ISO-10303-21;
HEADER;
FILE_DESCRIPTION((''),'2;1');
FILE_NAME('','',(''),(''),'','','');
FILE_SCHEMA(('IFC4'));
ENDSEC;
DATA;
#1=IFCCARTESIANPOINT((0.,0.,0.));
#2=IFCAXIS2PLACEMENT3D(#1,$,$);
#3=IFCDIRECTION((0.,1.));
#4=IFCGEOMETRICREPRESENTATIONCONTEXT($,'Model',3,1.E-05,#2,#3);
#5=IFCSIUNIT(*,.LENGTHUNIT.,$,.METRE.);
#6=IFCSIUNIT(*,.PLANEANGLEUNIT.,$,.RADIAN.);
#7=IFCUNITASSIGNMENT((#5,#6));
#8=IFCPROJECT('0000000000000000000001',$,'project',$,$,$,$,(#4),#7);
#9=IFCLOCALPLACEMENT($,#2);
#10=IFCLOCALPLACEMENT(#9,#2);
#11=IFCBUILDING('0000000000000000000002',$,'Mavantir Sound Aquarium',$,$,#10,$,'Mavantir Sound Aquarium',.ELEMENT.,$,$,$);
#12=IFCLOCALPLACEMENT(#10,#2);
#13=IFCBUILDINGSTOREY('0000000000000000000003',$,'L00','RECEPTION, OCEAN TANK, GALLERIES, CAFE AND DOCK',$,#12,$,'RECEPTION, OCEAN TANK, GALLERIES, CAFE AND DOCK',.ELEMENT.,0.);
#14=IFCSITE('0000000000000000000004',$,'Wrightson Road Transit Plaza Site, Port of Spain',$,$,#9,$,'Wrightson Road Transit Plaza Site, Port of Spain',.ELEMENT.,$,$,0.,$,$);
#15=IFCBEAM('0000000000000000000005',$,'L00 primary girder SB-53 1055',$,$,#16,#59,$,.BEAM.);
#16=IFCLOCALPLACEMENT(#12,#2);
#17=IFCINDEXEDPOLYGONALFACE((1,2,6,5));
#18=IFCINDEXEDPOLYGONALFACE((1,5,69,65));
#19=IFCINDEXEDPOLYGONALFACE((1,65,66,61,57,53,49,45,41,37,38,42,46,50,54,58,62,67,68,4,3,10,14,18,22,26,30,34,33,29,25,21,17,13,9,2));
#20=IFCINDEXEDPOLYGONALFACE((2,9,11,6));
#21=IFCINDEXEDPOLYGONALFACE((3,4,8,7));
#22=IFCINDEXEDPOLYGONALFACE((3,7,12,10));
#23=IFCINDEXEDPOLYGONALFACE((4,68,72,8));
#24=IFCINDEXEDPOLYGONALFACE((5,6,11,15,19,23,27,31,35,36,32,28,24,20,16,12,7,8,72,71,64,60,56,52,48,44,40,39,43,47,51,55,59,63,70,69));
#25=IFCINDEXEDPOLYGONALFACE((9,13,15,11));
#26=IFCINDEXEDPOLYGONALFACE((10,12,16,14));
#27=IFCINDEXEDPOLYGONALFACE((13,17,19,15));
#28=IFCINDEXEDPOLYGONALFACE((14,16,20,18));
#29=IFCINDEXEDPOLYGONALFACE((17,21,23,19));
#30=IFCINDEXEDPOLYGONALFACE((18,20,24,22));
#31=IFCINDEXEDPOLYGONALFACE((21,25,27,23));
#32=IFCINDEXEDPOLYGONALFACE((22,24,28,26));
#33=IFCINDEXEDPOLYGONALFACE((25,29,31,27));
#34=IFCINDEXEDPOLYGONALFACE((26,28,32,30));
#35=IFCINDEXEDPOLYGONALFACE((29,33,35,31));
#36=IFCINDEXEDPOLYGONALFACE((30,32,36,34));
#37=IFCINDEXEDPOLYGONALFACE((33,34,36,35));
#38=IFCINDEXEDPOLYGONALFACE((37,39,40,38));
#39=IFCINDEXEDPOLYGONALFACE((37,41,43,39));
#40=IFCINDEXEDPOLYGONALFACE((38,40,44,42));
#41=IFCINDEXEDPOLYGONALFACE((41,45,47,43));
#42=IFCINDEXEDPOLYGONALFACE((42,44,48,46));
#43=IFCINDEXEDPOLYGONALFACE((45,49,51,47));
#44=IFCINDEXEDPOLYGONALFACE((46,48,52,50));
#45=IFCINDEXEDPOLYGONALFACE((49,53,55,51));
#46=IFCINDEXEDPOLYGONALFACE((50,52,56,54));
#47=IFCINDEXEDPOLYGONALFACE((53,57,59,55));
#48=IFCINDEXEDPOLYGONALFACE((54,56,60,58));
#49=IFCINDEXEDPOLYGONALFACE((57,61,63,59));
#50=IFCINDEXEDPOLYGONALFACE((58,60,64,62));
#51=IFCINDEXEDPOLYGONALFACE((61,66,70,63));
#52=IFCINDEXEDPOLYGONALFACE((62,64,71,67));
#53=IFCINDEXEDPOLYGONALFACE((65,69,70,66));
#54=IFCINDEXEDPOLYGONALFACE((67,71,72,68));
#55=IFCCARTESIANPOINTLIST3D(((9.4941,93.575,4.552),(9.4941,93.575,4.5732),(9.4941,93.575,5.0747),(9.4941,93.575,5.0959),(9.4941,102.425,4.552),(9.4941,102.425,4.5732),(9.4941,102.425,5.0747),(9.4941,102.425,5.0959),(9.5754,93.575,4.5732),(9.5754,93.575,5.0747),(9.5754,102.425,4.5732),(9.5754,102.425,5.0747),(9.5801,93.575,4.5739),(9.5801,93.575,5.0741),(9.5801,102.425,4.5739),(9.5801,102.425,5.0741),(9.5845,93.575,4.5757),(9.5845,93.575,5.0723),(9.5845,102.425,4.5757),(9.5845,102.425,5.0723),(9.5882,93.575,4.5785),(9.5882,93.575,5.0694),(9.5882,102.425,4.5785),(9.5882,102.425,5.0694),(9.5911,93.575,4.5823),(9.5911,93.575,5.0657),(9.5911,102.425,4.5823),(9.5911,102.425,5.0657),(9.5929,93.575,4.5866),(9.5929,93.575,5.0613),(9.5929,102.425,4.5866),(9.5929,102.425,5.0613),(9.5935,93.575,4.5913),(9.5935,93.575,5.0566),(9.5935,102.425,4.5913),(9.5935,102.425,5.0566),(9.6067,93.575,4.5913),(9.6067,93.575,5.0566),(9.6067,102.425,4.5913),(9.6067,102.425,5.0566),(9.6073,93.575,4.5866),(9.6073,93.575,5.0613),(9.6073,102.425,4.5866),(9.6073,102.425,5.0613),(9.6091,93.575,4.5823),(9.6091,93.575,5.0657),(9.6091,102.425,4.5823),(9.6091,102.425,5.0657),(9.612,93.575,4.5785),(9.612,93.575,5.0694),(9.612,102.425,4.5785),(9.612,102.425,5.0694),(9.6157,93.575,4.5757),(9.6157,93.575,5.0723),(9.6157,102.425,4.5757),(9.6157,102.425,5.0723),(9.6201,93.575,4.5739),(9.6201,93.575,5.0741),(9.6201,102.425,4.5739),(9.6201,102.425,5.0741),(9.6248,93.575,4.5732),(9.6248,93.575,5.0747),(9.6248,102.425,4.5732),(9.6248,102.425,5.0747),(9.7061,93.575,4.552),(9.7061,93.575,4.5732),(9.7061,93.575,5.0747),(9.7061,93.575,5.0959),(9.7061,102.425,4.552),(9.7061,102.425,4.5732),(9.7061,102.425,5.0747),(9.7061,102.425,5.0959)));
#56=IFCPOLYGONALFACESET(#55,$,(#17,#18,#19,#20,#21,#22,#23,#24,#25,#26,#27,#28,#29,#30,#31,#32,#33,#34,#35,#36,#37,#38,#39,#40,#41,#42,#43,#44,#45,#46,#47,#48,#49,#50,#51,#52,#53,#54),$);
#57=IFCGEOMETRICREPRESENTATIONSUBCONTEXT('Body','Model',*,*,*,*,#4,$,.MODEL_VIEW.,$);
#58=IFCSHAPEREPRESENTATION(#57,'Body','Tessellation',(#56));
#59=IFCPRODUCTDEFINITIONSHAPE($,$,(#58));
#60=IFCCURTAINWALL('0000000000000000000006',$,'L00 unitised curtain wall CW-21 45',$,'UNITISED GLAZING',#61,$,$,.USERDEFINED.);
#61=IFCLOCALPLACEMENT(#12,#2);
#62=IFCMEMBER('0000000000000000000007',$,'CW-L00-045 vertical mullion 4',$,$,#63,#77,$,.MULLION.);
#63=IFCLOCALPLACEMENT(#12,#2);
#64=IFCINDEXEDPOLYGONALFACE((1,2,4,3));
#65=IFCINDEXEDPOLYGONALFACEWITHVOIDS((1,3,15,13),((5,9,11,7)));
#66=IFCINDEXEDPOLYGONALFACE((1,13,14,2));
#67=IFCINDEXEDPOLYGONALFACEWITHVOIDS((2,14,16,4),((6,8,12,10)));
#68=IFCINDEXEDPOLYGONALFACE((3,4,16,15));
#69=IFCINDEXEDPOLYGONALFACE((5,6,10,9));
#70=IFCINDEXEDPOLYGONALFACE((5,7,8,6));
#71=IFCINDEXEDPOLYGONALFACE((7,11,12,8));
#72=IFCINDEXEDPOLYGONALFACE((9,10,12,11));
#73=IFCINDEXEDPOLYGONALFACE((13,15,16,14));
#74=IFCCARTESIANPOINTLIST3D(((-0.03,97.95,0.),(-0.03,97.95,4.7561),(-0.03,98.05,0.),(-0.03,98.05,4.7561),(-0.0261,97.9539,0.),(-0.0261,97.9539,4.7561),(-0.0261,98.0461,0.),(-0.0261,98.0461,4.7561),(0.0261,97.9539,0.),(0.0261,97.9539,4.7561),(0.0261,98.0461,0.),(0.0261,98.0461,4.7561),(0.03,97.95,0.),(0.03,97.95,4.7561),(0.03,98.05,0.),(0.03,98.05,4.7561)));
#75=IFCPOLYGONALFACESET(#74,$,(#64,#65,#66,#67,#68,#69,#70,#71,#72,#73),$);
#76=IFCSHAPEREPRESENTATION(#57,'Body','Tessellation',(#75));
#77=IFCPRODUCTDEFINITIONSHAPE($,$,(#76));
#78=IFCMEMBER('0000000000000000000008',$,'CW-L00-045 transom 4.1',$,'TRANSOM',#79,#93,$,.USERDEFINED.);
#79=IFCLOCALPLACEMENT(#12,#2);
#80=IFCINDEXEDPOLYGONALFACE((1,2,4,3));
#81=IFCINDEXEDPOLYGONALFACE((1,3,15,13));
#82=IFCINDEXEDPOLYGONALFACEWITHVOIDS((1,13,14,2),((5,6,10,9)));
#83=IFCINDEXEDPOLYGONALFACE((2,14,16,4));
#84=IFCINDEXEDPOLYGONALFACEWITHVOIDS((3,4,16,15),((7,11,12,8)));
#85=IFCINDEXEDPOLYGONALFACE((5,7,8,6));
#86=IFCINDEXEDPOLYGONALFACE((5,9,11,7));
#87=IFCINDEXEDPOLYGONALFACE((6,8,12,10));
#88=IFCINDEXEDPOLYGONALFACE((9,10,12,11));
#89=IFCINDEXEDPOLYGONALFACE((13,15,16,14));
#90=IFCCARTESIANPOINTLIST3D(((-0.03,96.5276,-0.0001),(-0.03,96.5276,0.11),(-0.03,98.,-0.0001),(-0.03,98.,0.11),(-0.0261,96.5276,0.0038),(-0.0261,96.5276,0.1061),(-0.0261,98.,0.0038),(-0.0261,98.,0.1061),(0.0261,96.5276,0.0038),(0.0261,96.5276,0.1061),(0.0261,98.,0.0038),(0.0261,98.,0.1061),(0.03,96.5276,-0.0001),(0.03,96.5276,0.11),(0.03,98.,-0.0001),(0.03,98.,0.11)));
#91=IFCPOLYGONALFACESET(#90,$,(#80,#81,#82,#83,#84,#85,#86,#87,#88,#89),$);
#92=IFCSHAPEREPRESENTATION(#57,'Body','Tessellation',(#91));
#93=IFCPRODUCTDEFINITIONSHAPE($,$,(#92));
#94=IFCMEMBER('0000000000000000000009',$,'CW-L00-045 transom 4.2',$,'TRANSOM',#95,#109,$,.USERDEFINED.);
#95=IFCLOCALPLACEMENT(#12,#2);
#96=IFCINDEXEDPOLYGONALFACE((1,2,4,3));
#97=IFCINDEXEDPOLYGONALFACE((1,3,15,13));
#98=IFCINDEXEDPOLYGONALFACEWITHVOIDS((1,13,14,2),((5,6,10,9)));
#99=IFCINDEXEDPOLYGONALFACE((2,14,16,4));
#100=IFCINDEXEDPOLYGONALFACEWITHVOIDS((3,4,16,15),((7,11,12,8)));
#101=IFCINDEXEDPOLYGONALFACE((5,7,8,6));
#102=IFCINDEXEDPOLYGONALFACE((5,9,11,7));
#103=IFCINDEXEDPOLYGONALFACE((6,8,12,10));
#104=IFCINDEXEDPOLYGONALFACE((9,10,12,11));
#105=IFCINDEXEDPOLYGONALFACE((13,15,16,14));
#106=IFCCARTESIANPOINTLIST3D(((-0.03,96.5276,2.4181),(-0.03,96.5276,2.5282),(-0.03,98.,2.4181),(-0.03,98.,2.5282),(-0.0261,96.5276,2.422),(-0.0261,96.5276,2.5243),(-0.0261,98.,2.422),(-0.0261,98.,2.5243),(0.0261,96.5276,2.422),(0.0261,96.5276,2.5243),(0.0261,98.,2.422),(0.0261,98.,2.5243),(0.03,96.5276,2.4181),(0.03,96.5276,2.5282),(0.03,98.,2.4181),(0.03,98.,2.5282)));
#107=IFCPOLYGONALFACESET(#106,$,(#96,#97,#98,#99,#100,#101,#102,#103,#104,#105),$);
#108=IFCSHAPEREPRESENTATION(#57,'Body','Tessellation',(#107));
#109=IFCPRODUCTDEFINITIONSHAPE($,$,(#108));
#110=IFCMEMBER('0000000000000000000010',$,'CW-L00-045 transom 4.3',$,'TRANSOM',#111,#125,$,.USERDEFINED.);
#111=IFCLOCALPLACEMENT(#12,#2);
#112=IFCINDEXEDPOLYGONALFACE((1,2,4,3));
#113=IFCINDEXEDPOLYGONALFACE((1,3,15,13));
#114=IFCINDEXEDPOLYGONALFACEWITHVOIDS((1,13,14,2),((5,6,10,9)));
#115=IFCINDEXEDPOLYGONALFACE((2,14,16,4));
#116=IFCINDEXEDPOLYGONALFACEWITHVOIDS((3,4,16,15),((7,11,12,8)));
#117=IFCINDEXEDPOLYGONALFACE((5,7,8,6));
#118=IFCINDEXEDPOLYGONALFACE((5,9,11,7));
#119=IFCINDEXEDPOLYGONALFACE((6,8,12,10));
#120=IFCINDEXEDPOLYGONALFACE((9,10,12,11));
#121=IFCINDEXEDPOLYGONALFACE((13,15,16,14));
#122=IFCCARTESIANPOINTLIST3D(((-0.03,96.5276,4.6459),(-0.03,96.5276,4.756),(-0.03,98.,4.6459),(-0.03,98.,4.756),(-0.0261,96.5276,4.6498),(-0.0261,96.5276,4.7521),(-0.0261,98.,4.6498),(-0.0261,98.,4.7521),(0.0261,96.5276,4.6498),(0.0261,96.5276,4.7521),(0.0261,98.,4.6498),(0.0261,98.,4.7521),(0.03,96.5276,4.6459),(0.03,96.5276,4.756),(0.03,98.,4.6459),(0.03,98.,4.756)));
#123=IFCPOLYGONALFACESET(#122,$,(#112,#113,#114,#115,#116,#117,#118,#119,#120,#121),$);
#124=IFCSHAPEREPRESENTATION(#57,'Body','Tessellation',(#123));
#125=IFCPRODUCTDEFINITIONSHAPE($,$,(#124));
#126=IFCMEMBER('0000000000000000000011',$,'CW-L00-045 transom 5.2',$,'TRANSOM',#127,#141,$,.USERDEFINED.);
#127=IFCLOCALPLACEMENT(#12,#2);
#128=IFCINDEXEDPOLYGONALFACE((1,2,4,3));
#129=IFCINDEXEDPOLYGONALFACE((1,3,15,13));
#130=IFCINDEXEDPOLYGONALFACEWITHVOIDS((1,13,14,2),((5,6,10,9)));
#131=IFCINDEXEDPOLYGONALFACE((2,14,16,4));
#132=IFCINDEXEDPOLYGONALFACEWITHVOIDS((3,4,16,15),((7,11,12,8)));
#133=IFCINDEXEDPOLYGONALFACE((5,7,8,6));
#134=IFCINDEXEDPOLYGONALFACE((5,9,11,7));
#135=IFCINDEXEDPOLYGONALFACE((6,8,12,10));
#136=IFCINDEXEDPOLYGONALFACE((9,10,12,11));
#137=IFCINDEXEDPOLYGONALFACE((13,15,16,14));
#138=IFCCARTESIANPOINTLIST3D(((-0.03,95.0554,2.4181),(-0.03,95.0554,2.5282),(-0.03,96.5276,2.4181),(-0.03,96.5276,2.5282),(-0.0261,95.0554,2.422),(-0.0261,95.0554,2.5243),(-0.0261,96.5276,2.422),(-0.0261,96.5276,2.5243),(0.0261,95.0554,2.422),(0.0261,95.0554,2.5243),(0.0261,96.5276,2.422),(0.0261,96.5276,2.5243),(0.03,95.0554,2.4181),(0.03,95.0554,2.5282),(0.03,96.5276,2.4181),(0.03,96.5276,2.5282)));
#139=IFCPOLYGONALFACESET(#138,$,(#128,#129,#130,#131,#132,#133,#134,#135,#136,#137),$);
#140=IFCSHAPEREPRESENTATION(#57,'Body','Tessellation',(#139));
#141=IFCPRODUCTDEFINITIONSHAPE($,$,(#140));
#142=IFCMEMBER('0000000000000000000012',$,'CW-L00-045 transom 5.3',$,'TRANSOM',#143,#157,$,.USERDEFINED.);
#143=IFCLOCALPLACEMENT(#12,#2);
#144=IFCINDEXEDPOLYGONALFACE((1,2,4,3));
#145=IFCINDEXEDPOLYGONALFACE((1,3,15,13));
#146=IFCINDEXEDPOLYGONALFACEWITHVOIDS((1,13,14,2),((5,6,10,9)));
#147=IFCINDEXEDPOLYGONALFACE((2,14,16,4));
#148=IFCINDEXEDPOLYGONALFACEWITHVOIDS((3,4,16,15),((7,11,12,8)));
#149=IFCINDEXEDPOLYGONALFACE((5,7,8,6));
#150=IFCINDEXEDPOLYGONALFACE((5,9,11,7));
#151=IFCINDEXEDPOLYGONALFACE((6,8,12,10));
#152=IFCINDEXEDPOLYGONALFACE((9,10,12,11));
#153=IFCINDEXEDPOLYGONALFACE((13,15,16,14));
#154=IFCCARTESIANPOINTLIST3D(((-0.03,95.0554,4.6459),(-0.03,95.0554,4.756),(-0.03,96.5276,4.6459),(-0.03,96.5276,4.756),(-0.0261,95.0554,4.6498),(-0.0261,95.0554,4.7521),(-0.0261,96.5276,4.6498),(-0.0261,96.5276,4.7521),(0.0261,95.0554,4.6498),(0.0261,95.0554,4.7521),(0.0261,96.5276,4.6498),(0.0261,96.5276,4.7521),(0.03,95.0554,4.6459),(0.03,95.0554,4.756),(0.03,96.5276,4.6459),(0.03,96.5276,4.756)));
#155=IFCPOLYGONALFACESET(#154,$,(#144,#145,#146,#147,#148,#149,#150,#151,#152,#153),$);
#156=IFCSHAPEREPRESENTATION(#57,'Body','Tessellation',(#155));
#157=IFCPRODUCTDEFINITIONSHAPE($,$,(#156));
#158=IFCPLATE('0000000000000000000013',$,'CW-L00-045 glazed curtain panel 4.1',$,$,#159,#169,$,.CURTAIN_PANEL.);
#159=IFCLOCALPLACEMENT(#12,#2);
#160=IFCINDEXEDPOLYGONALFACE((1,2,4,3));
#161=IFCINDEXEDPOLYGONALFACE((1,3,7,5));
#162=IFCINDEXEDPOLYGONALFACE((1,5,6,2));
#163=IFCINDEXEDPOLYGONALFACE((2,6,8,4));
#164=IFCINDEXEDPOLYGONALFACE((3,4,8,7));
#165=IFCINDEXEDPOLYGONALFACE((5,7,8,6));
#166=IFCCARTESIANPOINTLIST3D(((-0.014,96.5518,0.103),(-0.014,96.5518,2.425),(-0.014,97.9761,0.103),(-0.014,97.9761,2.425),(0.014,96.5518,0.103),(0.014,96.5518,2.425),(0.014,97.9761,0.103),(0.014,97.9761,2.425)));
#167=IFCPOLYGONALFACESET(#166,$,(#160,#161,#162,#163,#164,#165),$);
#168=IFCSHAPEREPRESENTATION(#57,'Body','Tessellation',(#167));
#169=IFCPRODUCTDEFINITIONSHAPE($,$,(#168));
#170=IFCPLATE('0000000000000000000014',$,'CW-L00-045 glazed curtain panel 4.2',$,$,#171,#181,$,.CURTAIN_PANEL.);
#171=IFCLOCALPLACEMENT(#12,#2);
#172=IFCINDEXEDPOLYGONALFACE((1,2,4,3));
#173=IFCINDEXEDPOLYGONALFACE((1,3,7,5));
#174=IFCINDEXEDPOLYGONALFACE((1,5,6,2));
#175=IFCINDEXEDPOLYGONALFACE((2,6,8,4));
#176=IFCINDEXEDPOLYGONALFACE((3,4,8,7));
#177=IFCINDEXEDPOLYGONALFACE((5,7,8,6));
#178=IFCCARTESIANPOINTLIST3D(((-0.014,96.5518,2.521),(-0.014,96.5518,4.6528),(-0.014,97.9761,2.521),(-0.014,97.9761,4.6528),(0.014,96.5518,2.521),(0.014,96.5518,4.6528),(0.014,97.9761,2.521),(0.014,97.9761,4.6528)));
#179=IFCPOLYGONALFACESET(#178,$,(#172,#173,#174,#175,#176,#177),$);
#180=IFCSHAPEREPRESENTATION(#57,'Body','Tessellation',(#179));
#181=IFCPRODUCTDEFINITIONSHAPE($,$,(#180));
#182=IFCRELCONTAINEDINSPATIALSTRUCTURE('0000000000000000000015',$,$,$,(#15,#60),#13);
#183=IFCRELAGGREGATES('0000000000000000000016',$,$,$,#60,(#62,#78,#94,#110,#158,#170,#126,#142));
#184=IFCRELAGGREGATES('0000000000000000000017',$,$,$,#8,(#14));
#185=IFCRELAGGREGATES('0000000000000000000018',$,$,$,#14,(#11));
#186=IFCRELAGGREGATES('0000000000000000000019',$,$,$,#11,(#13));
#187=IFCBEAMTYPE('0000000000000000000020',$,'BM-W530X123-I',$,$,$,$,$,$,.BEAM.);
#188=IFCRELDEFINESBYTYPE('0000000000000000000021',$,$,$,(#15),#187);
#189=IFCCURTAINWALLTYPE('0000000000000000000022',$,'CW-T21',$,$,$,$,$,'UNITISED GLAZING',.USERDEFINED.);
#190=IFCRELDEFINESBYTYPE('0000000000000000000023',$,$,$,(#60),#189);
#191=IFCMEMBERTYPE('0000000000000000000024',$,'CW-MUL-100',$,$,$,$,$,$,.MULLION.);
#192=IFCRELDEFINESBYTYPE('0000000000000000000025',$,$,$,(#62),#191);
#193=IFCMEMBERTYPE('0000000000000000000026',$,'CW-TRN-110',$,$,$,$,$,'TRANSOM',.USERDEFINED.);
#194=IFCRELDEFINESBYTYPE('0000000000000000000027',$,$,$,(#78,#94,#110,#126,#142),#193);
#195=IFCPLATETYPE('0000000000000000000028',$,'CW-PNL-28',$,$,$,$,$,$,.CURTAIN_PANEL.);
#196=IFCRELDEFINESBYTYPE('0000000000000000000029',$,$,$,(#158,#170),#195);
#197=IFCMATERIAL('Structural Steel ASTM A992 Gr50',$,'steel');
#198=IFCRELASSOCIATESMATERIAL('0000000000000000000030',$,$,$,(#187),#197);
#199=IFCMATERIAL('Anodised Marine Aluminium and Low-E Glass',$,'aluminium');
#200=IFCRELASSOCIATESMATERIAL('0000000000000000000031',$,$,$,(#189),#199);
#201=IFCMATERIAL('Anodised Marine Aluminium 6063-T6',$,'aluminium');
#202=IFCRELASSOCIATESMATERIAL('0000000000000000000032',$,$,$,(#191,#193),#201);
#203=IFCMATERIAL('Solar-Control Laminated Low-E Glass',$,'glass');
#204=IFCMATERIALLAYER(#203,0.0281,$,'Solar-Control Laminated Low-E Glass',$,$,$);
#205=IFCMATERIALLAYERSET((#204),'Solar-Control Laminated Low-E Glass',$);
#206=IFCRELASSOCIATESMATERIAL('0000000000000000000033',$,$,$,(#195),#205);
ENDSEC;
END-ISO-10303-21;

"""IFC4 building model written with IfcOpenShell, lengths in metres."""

from ifc_helpers import new_model, si_unit, direction, frame, origin, origin_2d, place, context, subcontext, project, spatial, rectangle, hollow_rectangle, i_section, extrude, material, layer, layer_set, material_profile, profile_set, type_object, element, aggregate, save


model = new_model("IFC4")

# Units and contexts
model_context = context("Model", 3, precision=1e-05, world=origin(), true_north=direction((0.0, 1.0)))
body_context = subcontext(model_context, "Body", "Model", "MODEL_VIEW")
ifc_project = project(units=[si_unit("LENGTHUNIT", "METRE"), si_unit("PLANEANGLEUNIT", "RADIAN")], contexts=[model_context])

# Site, building, storey
site_placement = place(None, origin())
site = spatial("IfcSite", under=ifc_project, at=site_placement, Name="Wrightson Road Transit Plaza Site, Port of Spain", LongName="Wrightson Road Transit Plaza Site, Port of Spain", CompositionType="ELEMENT", RefElevation=0.0)
building_placement = place(site_placement, origin())
building = spatial("IfcBuilding", under=site, at=building_placement, Name="Mavantir Sound Aquarium", LongName="Mavantir Sound Aquarium", CompositionType="ELEMENT")
storey_placement = place(building_placement, origin())
storey = spatial("IfcBuildingStorey", under=building, at=storey_placement, Name="L00", Description="RECEPTION, OCEAN TANK, GALLERIES, CAFE AND DOCK", LongName="RECEPTION, OCEAN TANK, GALLERIES, CAFE AND DOCK", CompositionType="ELEMENT", Elevation=0.0)

# Beam
ifc_material_1 = material(Name="Structural Steel ASTM A992 Gr50", Category="steel")
ifc_material_profile_1 = material_profile(ifc_material_1, i_section(OverallWidth=0.2119, OverallDepth=0.5439, WebThickness=0.0132, FlangeThickness=0.0212, FilletRadius=0.0181, at=origin_2d()), Name="W530X123")
ifc_profile_set_1 = profile_set([ifc_material_profile_1], Name="Structural Steel ASTM A992 Gr50")
beam_type_1 = type_object("IfcBeamType", Name="BM-W530X123-I", PredefinedType="BEAM", material=ifc_profile_set_1)
for number, where, z_axis, x_axis, name in (
    (1, (9.6001, 93.575, 4.824), (0.0, 1.0, 0.0), (-1.0, 0.0, 0.0), "L00 primary girder SB-53 1055"),
):
    element("IfcBeam", number, at=place(storey_placement, frame(where, z_axis=z_axis, x_axis=x_axis)), inside=storey, type_object=beam_type_1, Name=name, PredefinedType="BEAM", context=body_context, shape_type="SweptSolid", body=[
        extrude(i_section(OverallWidth=0.2119, OverallDepth=0.5439, WebThickness=0.0132, FlangeThickness=0.0212, FilletRadius=0.0181, at=origin_2d()), origin(), (0.0, 0.0, 1.0), 8.8501),
    ])

# Curtain wall, members, plates
ifc_material_2 = material(Name="Anodised Marine Aluminium and Low-E Glass", Category="aluminium")
curtain_wall_type = type_object("IfcCurtainWallType", Name="CW-T21", ElementType="UNITISED GLAZING", PredefinedType="USERDEFINED", material=ifc_material_2)
curtain_wall_placement = place(storey_placement, origin())
curtain_wall = element("IfcCurtainWall", 2, at=curtain_wall_placement, inside=storey, type_object=curtain_wall_type, Name="L00 unitised curtain wall CW-21 45", ObjectType="UNITISED GLAZING", PredefinedType="USERDEFINED")
ifc_material_3 = material(Name="Anodised Marine Aluminium 6063-T6", Category="aluminium")
ifc_material_profile_2 = material_profile(ifc_material_3, hollow_rectangle(XDim=0.0601, YDim=0.1001, WallThickness=0.0039, at=origin_2d()), Name="ALU-MULLION-100X60")
ifc_profile_set_2 = profile_set([ifc_material_profile_2], Name="Anodised Marine Aluminium 6063-T6")
member_type_1 = type_object("IfcMemberType", Name="CW-MUL-100", PredefinedType="MULLION", material=ifc_profile_set_2)
member_1_placement = place(storey_placement, frame((0.0, 98.0, 0.0), z_axis=(0.0, 0.0, 1.0), x_axis=(1.0, 0.0, 0.0)))
member_1 = element("IfcMember", 3, at=member_1_placement, type_object=member_type_1, Name="CW-L00-045 vertical mullion 4", PredefinedType="MULLION", context=body_context, shape_type="SweptSolid", body=[
    extrude(hollow_rectangle(XDim=0.0601, YDim=0.1001, WallThickness=0.0039, at=origin_2d()), origin(), (0.0, 0.0, 1.0), 4.7561),
])
ifc_material_profile_3 = material_profile(ifc_material_3, hollow_rectangle(XDim=0.0601, YDim=0.1101, WallThickness=0.0039, at=origin_2d()), Name="ALU-TRANSOM-110X60")
ifc_profile_set_3 = profile_set([ifc_material_profile_3], Name="Anodised Marine Aluminium 6063-T6")
member_type_2 = type_object("IfcMemberType", Name="CW-TRN-110", ElementType="TRANSOM", PredefinedType="USERDEFINED", material=ifc_profile_set_3)
member_2_placement = place(storey_placement, frame((0.0, 98.0, 0.0549), z_axis=(0.0, -1.0, 0.0), x_axis=(1.0, 0.0, 0.0)))
member_2 = element("IfcMember", 4, at=member_2_placement, type_object=member_type_2, Name="CW-L00-045 transom 4.1", ObjectType="TRANSOM", PredefinedType="USERDEFINED", context=body_context, shape_type="SweptSolid", body=[
    extrude(hollow_rectangle(XDim=0.0601, YDim=0.1101, WallThickness=0.0039, at=origin_2d()), origin(), (0.0, 0.0, 1.0), 1.4724),
])
member_3_placement = place(storey_placement, frame((0.0, 98.0, 2.4731), z_axis=(0.0, -1.0, 0.0), x_axis=(1.0, 0.0, 0.0)))
member_3 = element("IfcMember", 5, at=member_3_placement, type_object=member_type_2, Name="CW-L00-045 transom 4.2", ObjectType="TRANSOM", PredefinedType="USERDEFINED", context=body_context, shape_type="SweptSolid", body=[
    extrude(hollow_rectangle(XDim=0.0601, YDim=0.1101, WallThickness=0.0039, at=origin_2d()), origin(), (0.0, 0.0, 1.0), 1.4724),
])
member_4_placement = place(storey_placement, frame((0.0, 98.0, 4.7009), z_axis=(0.0, -1.0, 0.0), x_axis=(1.0, 0.0, 0.0)))
member_4 = element("IfcMember", 6, at=member_4_placement, type_object=member_type_2, Name="CW-L00-045 transom 4.3", ObjectType="TRANSOM", PredefinedType="USERDEFINED", context=body_context, shape_type="SweptSolid", body=[
    extrude(hollow_rectangle(XDim=0.0601, YDim=0.1101, WallThickness=0.0039, at=origin_2d()), origin(), (0.0, 0.0, 1.0), 1.4724),
])
member_5_placement = place(storey_placement, frame((0.0, 96.5276, 2.4731), z_axis=(0.0, -1.0, 0.0), x_axis=(1.0, 0.0, 0.0)))
member_5 = element("IfcMember", 7, at=member_5_placement, type_object=member_type_2, Name="CW-L00-045 transom 5.2", ObjectType="TRANSOM", PredefinedType="USERDEFINED", context=body_context, shape_type="SweptSolid", body=[
    extrude(hollow_rectangle(XDim=0.0601, YDim=0.1101, WallThickness=0.0039, at=origin_2d()), origin(), (0.0, 0.0, 1.0), 1.4722),
])
member_6_placement = place(storey_placement, frame((0.0, 96.5276, 4.7009), z_axis=(0.0, -1.0, 0.0), x_axis=(1.0, 0.0, 0.0)))
member_6 = element("IfcMember", 8, at=member_6_placement, type_object=member_type_2, Name="CW-L00-045 transom 5.3", ObjectType="TRANSOM", PredefinedType="USERDEFINED", context=body_context, shape_type="SweptSolid", body=[
    extrude(hollow_rectangle(XDim=0.0601, YDim=0.1101, WallThickness=0.0039, at=origin_2d()), origin(), (0.0, 0.0, 1.0), 1.4722),
])
ifc_material_4 = material(Name="Solar-Control Laminated Low-E Glass", Category="glass")
ifc_layer_1 = layer(ifc_material_4, 0.0281, Name="Solar-Control Laminated Low-E Glass")
ifc_layer_set_1 = layer_set([ifc_layer_1], Name="Solar-Control Laminated Low-E Glass")
plate_type = type_object("IfcPlateType", Name="CW-PNL-28", PredefinedType="CURTAIN_PANEL", material=ifc_layer_set_1)
plate_1_placement = place(storey_placement, frame((0.0, 97.2639, 0.103), z_axis=(0.0, 0.0, 1.0), x_axis=(0.0, -1.0, 0.0)))
plate_1 = element("IfcPlate", 9, at=plate_1_placement, type_object=plate_type, Name="CW-L00-045 glazed curtain panel 4.1", PredefinedType="CURTAIN_PANEL", context=body_context, shape_type="SweptSolid", body=[
    extrude(rectangle(XDim=1.4243, YDim=0.0281, at=origin_2d()), origin(), (0.0, 0.0, 1.0), 2.322),
])
plate_2_placement = place(storey_placement, frame((0.0, 97.2639, 2.521), z_axis=(0.0, 0.0, 1.0), x_axis=(0.0, -1.0, 0.0)))
plate_2 = element("IfcPlate", 10, at=plate_2_placement, type_object=plate_type, Name="CW-L00-045 glazed curtain panel 4.2", PredefinedType="CURTAIN_PANEL", context=body_context, shape_type="SweptSolid", body=[
    extrude(rectangle(XDim=1.4243, YDim=0.0281, at=origin_2d()), origin(), (0.0, 0.0, 1.0), 2.1318),
])
aggregate(curtain_wall, [member_1, member_2, member_3, member_4, plate_1, plate_2, member_5, member_6])

save(model, "model.ifc")
